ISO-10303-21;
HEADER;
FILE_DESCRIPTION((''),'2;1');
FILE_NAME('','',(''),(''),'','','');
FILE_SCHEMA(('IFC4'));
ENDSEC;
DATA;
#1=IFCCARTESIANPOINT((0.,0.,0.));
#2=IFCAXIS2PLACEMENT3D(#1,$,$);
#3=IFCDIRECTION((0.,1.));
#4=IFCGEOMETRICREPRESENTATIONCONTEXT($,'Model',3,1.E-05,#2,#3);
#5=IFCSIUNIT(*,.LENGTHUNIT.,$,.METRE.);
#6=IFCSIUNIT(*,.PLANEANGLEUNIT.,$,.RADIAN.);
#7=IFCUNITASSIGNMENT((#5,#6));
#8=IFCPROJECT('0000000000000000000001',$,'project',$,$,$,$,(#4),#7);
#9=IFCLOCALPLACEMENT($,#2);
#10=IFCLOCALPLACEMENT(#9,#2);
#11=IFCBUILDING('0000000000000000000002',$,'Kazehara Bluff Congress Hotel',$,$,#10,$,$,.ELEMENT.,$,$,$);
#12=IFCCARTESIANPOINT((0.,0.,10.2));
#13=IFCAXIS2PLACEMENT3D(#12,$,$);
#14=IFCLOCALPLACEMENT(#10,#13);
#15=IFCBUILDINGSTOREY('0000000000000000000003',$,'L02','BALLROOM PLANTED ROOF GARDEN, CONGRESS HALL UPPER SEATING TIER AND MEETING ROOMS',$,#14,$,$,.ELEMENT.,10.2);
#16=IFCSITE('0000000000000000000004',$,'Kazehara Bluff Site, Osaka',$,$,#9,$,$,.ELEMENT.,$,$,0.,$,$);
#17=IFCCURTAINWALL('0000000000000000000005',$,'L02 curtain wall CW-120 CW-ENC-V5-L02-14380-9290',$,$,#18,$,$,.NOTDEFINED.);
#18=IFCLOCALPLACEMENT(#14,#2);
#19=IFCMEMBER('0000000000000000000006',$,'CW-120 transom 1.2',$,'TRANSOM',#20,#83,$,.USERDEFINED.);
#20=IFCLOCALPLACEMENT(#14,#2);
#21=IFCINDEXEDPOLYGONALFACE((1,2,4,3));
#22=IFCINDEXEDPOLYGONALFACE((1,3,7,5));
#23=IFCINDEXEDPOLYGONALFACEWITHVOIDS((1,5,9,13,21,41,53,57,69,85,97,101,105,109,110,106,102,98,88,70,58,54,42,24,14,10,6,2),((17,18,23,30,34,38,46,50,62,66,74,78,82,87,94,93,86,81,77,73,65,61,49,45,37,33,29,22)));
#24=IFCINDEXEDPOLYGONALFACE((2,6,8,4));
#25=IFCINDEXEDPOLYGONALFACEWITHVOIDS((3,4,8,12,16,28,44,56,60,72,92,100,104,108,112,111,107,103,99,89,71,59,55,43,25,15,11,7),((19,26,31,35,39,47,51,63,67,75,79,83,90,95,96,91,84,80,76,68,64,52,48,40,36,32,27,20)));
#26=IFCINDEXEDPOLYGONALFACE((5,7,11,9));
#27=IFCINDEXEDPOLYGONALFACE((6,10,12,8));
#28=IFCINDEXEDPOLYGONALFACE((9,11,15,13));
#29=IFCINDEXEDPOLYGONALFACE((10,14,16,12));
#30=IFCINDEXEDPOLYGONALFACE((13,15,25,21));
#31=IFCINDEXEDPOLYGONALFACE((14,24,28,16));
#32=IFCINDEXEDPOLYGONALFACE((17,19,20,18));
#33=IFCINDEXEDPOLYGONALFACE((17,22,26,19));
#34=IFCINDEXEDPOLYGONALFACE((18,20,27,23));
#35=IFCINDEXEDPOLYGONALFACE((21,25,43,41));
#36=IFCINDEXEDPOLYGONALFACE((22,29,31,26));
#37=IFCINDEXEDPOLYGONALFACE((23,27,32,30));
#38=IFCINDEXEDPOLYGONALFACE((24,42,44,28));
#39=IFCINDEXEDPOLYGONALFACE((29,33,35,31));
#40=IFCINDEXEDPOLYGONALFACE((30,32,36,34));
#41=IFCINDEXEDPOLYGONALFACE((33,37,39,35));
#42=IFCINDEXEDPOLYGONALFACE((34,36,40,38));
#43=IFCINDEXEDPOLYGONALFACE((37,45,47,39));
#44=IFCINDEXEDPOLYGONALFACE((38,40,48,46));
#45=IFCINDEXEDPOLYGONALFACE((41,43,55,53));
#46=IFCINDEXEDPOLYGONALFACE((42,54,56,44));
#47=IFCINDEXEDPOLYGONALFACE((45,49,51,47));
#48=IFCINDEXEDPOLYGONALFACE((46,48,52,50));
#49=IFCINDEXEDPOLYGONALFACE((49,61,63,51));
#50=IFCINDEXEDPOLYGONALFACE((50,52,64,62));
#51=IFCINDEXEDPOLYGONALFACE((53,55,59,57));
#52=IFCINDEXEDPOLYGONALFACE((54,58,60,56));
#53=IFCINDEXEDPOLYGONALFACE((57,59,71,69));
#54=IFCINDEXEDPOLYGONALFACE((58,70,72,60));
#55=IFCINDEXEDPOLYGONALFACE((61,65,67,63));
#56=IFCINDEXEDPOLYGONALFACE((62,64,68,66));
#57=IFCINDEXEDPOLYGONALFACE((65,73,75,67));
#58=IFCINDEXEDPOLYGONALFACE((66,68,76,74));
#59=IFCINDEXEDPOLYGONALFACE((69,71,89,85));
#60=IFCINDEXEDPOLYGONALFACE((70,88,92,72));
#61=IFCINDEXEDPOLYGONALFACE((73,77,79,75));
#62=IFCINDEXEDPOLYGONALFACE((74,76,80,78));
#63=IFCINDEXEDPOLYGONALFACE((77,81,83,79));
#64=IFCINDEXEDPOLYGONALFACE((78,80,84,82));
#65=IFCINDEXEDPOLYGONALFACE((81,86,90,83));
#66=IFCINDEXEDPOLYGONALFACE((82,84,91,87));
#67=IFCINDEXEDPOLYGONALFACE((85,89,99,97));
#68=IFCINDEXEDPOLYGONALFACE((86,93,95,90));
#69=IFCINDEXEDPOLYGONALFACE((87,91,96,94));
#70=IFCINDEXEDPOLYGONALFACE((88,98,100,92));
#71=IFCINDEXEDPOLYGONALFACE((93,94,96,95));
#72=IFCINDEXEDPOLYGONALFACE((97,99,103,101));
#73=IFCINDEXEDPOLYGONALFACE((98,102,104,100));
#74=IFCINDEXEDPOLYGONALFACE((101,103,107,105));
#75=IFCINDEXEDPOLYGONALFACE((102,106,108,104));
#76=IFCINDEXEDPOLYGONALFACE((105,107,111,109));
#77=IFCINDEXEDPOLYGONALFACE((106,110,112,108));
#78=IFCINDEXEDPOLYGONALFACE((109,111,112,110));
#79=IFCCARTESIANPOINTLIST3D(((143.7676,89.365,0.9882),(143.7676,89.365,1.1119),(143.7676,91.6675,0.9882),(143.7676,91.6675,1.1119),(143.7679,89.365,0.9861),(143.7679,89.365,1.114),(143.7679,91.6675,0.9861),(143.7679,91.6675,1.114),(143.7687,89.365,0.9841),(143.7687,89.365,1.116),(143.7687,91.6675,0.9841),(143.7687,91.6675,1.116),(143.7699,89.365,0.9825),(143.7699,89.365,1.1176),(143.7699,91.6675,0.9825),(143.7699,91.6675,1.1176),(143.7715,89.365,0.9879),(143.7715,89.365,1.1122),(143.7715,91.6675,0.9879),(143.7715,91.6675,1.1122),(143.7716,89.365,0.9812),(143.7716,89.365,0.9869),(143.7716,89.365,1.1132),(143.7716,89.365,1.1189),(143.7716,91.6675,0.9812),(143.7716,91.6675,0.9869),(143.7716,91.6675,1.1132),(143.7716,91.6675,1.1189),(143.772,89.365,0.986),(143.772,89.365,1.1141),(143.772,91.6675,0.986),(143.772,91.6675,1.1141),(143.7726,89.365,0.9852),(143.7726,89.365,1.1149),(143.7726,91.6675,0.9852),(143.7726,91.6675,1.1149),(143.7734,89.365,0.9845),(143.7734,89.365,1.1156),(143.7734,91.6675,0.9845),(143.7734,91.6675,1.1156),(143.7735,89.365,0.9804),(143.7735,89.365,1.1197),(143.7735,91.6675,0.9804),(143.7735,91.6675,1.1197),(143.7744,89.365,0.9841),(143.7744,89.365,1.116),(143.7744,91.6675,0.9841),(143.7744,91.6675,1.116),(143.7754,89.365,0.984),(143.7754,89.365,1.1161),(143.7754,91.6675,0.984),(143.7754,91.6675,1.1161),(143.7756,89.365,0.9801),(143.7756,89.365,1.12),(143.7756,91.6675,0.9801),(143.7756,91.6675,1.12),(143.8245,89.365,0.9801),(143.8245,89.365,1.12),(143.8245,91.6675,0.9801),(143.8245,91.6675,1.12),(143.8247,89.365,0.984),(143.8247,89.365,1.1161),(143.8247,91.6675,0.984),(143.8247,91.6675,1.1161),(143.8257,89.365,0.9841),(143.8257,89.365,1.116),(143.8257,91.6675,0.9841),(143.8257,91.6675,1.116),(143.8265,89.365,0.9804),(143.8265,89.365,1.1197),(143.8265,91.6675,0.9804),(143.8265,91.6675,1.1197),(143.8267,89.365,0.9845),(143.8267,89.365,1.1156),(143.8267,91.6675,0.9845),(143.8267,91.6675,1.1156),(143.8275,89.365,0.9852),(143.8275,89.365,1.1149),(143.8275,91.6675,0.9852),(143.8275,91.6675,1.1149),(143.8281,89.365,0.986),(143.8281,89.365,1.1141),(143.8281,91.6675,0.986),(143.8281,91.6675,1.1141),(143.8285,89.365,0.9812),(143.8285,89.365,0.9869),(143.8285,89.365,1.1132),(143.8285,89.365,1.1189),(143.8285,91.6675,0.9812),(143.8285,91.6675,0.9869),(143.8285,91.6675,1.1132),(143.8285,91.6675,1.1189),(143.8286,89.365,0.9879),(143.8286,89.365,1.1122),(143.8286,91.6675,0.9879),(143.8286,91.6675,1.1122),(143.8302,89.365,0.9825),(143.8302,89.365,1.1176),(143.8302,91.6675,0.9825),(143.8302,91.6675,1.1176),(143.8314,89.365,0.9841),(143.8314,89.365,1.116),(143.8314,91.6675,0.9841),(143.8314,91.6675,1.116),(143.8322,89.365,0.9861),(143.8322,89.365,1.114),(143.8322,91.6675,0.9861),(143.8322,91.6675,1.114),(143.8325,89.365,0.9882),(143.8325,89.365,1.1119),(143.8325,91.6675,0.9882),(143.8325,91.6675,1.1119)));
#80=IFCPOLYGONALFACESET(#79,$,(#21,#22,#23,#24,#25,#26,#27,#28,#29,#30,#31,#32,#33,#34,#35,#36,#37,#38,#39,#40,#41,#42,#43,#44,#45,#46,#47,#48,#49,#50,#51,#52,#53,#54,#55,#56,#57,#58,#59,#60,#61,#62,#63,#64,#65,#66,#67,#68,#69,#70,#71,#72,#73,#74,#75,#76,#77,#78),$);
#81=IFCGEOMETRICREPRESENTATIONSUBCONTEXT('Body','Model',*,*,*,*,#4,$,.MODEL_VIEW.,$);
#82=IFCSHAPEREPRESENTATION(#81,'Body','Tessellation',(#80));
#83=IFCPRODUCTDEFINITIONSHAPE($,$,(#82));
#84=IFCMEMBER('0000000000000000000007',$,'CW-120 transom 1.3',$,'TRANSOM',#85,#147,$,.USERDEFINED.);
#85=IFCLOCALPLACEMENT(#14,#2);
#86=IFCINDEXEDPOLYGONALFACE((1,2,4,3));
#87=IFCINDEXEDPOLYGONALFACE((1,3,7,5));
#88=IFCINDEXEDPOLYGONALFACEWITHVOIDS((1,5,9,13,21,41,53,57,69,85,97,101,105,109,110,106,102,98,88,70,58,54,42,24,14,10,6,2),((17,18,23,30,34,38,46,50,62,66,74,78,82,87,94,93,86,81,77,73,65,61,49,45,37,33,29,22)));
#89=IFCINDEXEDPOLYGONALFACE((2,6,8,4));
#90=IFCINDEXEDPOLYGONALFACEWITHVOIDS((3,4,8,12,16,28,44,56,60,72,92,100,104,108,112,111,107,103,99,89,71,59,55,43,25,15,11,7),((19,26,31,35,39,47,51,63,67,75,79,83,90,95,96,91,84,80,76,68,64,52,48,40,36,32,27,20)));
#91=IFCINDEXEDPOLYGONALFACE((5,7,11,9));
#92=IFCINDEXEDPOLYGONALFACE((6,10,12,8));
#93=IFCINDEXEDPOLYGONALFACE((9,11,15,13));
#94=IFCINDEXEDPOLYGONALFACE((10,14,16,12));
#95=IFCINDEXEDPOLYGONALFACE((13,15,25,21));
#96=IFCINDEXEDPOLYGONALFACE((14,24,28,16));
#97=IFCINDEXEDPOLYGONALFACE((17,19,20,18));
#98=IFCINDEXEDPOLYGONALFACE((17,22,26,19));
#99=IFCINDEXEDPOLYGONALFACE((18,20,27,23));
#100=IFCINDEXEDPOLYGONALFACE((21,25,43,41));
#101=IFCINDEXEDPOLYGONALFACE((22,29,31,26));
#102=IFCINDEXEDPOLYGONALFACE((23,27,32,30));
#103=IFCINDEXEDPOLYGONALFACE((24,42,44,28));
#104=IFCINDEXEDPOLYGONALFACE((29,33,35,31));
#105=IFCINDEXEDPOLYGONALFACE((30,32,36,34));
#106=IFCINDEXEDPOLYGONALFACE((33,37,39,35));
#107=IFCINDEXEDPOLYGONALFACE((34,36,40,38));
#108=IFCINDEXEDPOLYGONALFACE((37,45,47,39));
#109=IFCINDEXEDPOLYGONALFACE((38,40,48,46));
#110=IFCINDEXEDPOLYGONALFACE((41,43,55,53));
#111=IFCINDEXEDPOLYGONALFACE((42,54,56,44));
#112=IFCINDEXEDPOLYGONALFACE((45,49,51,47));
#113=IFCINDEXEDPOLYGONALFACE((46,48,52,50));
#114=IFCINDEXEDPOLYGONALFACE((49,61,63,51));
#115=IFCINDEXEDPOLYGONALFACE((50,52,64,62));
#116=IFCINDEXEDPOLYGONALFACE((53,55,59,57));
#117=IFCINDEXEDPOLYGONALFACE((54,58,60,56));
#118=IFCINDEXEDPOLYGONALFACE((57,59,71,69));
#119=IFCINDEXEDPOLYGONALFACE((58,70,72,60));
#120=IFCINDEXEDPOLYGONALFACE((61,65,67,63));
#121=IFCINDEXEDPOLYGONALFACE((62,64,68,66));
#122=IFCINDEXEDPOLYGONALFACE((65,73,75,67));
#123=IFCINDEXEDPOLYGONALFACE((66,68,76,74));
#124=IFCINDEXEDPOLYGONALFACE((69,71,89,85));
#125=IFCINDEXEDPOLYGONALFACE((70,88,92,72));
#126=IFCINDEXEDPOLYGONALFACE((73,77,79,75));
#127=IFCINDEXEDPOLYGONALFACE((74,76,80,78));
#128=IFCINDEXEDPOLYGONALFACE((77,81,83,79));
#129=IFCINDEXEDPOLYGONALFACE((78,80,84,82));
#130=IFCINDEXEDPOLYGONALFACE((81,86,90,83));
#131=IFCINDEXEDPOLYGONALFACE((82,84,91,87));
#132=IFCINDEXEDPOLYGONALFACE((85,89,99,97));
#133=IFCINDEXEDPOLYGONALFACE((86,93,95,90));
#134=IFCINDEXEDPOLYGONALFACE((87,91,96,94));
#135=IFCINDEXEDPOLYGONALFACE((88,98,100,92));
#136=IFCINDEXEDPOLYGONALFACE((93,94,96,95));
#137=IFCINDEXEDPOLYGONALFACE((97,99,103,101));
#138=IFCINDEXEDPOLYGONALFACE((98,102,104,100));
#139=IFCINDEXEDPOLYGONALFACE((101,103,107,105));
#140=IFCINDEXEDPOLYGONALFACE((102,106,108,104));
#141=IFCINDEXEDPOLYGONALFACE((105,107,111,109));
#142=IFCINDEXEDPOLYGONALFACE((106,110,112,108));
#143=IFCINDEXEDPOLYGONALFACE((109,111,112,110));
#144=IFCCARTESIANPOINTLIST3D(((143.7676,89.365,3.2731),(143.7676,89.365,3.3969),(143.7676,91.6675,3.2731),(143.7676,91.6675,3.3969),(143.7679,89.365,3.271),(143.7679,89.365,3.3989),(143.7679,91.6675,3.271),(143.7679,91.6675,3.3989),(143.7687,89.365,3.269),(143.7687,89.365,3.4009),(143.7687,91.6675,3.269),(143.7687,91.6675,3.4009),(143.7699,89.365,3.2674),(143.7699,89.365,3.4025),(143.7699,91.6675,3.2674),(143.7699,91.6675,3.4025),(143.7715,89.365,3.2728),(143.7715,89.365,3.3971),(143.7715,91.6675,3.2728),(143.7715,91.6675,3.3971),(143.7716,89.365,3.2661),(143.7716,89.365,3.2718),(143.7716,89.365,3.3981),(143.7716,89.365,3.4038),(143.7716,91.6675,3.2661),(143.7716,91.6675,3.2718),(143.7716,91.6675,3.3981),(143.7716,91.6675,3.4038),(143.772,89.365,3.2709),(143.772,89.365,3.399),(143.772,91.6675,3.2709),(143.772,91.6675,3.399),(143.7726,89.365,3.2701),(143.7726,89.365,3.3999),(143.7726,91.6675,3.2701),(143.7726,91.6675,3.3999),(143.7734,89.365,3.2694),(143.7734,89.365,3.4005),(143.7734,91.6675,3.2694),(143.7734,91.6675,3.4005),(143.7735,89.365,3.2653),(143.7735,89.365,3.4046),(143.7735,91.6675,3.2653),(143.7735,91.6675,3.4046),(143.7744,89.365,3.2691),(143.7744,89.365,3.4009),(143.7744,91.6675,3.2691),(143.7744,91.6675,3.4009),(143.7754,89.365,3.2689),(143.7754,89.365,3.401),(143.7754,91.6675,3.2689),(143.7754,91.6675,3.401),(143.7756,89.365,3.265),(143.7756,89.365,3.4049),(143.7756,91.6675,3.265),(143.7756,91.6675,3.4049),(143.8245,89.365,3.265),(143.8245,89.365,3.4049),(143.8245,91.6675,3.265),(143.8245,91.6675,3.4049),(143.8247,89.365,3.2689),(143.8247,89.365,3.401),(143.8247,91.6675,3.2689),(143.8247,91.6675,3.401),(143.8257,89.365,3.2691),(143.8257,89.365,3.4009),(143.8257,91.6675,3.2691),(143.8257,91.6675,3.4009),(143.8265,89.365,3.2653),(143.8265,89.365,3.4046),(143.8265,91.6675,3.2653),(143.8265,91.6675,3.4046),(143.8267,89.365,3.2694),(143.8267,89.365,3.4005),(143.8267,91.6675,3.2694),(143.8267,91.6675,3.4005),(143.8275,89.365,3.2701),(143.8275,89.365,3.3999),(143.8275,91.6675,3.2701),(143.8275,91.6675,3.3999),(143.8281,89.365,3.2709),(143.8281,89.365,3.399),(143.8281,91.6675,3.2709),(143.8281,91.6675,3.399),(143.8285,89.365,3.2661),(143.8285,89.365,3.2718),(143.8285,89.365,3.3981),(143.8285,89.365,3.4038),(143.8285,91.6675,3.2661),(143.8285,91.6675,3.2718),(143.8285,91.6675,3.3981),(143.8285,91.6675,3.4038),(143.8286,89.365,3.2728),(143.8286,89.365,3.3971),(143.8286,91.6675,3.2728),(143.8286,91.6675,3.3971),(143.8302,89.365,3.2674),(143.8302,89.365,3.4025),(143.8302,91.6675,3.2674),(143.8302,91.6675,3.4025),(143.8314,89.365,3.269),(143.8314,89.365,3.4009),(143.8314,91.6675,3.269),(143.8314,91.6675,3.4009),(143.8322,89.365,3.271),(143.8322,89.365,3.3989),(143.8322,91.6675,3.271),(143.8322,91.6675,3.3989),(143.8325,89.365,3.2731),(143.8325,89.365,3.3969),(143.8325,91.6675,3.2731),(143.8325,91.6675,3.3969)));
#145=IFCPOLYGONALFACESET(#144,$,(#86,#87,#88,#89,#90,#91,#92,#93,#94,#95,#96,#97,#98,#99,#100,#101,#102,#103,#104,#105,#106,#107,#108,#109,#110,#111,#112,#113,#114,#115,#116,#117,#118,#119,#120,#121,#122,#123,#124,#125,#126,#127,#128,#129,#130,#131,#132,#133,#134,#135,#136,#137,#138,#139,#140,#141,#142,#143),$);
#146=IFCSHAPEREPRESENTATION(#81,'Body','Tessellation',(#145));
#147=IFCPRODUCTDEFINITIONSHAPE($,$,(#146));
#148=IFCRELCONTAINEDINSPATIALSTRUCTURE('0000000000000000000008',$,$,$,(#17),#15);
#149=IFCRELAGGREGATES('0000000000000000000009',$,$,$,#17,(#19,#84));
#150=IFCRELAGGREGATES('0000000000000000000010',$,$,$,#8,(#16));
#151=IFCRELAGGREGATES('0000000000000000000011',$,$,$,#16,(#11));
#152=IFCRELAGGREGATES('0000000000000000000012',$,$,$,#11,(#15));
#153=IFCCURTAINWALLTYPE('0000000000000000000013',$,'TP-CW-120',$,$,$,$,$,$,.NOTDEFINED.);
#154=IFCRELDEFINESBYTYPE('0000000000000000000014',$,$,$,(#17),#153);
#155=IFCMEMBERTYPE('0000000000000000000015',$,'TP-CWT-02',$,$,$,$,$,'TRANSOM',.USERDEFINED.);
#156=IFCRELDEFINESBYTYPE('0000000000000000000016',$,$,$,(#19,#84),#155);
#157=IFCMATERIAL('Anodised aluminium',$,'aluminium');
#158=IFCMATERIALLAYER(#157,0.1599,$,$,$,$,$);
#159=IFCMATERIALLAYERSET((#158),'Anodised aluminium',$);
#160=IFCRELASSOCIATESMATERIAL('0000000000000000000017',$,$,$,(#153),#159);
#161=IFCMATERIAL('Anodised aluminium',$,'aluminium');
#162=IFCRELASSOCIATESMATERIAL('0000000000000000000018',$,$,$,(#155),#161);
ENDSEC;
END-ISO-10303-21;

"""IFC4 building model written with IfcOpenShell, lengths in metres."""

from ifc_helpers import new_model, si_unit, direction, frame, origin, origin_2d, place, context, subcontext, project, spatial, hollow_rectangle, extrude, material, layer, layer_set, material_profile, profile_set, type_object, element, aggregate, save


model = new_model("IFC4")

# Units and contexts
model_context = context("Model", 3, precision=1e-05, world=origin(), true_north=direction((0.0, 1.0)))
body_context = subcontext(model_context, "Body", "Model", "MODEL_VIEW")
ifc_project = project(units=[si_unit("LENGTHUNIT", "METRE"), si_unit("PLANEANGLEUNIT", "RADIAN")], contexts=[model_context])

# Site, building, storey
site_placement = place(None, origin())
site = spatial("IfcSite", under=ifc_project, at=site_placement, Name="Kazehara Bluff Site, Osaka", CompositionType="ELEMENT", RefElevation=0.0)
building_placement = place(site_placement, origin())
building = spatial("IfcBuilding", under=site, at=building_placement, Name="Kazehara Bluff Congress Hotel", CompositionType="ELEMENT")
storey_placement = place(building_placement, frame((0.0, 0.0, 10.2)))
storey = spatial("IfcBuildingStorey", under=building, at=storey_placement, Name="L02", Description="BALLROOM PLANTED ROOF GARDEN, CONGRESS HALL UPPER SEATING TIER AND MEETING ROOMS", CompositionType="ELEMENT", Elevation=10.2)

# Shared definitions
ifc_material_1 = material(Name="Anodised aluminium", Category="aluminium")
ifc_layer_1 = layer(ifc_material_1, 0.1599)
ifc_layer_set_1 = layer_set([ifc_layer_1], Name="Anodised aluminium")
curtain_wall_type = type_object("IfcCurtainWallType", Name="TP-CW-120", PredefinedType="NOTDEFINED", material=ifc_layer_set_1)

# Curtain wall
curtain_wall_1_placement = place(storey_placement, origin())
curtain_wall_1 = element("IfcCurtainWall", 1, at=curtain_wall_1_placement, inside=storey, type_object=curtain_wall_type, Name="L02 curtain wall CW-120 CW-ENC-V5-L02-14380-9290", PredefinedType="NOTDEFINED")

# Members
ifc_material_2 = material(Name="Anodised aluminium", Category="aluminium")
ifc_material_profile_1 = material_profile(ifc_material_2, hollow_rectangle(XDim=0.0649, YDim=0.1399, WallThickness=0.0039, InnerFilletRadius=0.0039, OuterFilletRadius=0.0081, at=origin_2d()))
ifc_profile_set_1 = profile_set([ifc_material_profile_1], Name="Anodised aluminium")
member_type_1 = type_object("IfcMemberType", Name="TP-CWT-02", ElementType="TRANSOM", PredefinedType="USERDEFINED", material=ifc_profile_set_1)
member_1_placement = place(storey_placement, frame((143.8, 89.365, 1.05), z_axis=(0.0, 1.0, 0.0), x_axis=(-1.0, 0.0, 0.0)))
member_1 = element("IfcMember", 2, at=member_1_placement, type_object=member_type_1, Name="CW-120 transom 1.2", ObjectType="TRANSOM", PredefinedType="USERDEFINED", context=body_context, shape_type="SweptSolid", body=[
    extrude(hollow_rectangle(XDim=0.0649, YDim=0.1399, WallThickness=0.0039, InnerFilletRadius=0.0039, OuterFilletRadius=0.0081, at=origin_2d()), origin(), (0.0, 0.0, 1.0), 2.3025),
])
member_2_placement = place(storey_placement, frame((143.8, 89.365, 3.335), z_axis=(0.0, 1.0, 0.0), x_axis=(-1.0, 0.0, 0.0)))
member_2 = element("IfcMember", 3, at=member_2_placement, type_object=member_type_1, Name="CW-120 transom 1.3", ObjectType="TRANSOM", PredefinedType="USERDEFINED", context=body_context, shape_type="SweptSolid", body=[
    extrude(hollow_rectangle(XDim=0.0649, YDim=0.1399, WallThickness=0.0039, InnerFilletRadius=0.0039, OuterFilletRadius=0.0081, at=origin_2d()), origin(), (0.0, 0.0, 1.0), 2.3025),
])

aggregate(curtain_wall_1, [member_1, member_2])

save(model, "model.ifc")
